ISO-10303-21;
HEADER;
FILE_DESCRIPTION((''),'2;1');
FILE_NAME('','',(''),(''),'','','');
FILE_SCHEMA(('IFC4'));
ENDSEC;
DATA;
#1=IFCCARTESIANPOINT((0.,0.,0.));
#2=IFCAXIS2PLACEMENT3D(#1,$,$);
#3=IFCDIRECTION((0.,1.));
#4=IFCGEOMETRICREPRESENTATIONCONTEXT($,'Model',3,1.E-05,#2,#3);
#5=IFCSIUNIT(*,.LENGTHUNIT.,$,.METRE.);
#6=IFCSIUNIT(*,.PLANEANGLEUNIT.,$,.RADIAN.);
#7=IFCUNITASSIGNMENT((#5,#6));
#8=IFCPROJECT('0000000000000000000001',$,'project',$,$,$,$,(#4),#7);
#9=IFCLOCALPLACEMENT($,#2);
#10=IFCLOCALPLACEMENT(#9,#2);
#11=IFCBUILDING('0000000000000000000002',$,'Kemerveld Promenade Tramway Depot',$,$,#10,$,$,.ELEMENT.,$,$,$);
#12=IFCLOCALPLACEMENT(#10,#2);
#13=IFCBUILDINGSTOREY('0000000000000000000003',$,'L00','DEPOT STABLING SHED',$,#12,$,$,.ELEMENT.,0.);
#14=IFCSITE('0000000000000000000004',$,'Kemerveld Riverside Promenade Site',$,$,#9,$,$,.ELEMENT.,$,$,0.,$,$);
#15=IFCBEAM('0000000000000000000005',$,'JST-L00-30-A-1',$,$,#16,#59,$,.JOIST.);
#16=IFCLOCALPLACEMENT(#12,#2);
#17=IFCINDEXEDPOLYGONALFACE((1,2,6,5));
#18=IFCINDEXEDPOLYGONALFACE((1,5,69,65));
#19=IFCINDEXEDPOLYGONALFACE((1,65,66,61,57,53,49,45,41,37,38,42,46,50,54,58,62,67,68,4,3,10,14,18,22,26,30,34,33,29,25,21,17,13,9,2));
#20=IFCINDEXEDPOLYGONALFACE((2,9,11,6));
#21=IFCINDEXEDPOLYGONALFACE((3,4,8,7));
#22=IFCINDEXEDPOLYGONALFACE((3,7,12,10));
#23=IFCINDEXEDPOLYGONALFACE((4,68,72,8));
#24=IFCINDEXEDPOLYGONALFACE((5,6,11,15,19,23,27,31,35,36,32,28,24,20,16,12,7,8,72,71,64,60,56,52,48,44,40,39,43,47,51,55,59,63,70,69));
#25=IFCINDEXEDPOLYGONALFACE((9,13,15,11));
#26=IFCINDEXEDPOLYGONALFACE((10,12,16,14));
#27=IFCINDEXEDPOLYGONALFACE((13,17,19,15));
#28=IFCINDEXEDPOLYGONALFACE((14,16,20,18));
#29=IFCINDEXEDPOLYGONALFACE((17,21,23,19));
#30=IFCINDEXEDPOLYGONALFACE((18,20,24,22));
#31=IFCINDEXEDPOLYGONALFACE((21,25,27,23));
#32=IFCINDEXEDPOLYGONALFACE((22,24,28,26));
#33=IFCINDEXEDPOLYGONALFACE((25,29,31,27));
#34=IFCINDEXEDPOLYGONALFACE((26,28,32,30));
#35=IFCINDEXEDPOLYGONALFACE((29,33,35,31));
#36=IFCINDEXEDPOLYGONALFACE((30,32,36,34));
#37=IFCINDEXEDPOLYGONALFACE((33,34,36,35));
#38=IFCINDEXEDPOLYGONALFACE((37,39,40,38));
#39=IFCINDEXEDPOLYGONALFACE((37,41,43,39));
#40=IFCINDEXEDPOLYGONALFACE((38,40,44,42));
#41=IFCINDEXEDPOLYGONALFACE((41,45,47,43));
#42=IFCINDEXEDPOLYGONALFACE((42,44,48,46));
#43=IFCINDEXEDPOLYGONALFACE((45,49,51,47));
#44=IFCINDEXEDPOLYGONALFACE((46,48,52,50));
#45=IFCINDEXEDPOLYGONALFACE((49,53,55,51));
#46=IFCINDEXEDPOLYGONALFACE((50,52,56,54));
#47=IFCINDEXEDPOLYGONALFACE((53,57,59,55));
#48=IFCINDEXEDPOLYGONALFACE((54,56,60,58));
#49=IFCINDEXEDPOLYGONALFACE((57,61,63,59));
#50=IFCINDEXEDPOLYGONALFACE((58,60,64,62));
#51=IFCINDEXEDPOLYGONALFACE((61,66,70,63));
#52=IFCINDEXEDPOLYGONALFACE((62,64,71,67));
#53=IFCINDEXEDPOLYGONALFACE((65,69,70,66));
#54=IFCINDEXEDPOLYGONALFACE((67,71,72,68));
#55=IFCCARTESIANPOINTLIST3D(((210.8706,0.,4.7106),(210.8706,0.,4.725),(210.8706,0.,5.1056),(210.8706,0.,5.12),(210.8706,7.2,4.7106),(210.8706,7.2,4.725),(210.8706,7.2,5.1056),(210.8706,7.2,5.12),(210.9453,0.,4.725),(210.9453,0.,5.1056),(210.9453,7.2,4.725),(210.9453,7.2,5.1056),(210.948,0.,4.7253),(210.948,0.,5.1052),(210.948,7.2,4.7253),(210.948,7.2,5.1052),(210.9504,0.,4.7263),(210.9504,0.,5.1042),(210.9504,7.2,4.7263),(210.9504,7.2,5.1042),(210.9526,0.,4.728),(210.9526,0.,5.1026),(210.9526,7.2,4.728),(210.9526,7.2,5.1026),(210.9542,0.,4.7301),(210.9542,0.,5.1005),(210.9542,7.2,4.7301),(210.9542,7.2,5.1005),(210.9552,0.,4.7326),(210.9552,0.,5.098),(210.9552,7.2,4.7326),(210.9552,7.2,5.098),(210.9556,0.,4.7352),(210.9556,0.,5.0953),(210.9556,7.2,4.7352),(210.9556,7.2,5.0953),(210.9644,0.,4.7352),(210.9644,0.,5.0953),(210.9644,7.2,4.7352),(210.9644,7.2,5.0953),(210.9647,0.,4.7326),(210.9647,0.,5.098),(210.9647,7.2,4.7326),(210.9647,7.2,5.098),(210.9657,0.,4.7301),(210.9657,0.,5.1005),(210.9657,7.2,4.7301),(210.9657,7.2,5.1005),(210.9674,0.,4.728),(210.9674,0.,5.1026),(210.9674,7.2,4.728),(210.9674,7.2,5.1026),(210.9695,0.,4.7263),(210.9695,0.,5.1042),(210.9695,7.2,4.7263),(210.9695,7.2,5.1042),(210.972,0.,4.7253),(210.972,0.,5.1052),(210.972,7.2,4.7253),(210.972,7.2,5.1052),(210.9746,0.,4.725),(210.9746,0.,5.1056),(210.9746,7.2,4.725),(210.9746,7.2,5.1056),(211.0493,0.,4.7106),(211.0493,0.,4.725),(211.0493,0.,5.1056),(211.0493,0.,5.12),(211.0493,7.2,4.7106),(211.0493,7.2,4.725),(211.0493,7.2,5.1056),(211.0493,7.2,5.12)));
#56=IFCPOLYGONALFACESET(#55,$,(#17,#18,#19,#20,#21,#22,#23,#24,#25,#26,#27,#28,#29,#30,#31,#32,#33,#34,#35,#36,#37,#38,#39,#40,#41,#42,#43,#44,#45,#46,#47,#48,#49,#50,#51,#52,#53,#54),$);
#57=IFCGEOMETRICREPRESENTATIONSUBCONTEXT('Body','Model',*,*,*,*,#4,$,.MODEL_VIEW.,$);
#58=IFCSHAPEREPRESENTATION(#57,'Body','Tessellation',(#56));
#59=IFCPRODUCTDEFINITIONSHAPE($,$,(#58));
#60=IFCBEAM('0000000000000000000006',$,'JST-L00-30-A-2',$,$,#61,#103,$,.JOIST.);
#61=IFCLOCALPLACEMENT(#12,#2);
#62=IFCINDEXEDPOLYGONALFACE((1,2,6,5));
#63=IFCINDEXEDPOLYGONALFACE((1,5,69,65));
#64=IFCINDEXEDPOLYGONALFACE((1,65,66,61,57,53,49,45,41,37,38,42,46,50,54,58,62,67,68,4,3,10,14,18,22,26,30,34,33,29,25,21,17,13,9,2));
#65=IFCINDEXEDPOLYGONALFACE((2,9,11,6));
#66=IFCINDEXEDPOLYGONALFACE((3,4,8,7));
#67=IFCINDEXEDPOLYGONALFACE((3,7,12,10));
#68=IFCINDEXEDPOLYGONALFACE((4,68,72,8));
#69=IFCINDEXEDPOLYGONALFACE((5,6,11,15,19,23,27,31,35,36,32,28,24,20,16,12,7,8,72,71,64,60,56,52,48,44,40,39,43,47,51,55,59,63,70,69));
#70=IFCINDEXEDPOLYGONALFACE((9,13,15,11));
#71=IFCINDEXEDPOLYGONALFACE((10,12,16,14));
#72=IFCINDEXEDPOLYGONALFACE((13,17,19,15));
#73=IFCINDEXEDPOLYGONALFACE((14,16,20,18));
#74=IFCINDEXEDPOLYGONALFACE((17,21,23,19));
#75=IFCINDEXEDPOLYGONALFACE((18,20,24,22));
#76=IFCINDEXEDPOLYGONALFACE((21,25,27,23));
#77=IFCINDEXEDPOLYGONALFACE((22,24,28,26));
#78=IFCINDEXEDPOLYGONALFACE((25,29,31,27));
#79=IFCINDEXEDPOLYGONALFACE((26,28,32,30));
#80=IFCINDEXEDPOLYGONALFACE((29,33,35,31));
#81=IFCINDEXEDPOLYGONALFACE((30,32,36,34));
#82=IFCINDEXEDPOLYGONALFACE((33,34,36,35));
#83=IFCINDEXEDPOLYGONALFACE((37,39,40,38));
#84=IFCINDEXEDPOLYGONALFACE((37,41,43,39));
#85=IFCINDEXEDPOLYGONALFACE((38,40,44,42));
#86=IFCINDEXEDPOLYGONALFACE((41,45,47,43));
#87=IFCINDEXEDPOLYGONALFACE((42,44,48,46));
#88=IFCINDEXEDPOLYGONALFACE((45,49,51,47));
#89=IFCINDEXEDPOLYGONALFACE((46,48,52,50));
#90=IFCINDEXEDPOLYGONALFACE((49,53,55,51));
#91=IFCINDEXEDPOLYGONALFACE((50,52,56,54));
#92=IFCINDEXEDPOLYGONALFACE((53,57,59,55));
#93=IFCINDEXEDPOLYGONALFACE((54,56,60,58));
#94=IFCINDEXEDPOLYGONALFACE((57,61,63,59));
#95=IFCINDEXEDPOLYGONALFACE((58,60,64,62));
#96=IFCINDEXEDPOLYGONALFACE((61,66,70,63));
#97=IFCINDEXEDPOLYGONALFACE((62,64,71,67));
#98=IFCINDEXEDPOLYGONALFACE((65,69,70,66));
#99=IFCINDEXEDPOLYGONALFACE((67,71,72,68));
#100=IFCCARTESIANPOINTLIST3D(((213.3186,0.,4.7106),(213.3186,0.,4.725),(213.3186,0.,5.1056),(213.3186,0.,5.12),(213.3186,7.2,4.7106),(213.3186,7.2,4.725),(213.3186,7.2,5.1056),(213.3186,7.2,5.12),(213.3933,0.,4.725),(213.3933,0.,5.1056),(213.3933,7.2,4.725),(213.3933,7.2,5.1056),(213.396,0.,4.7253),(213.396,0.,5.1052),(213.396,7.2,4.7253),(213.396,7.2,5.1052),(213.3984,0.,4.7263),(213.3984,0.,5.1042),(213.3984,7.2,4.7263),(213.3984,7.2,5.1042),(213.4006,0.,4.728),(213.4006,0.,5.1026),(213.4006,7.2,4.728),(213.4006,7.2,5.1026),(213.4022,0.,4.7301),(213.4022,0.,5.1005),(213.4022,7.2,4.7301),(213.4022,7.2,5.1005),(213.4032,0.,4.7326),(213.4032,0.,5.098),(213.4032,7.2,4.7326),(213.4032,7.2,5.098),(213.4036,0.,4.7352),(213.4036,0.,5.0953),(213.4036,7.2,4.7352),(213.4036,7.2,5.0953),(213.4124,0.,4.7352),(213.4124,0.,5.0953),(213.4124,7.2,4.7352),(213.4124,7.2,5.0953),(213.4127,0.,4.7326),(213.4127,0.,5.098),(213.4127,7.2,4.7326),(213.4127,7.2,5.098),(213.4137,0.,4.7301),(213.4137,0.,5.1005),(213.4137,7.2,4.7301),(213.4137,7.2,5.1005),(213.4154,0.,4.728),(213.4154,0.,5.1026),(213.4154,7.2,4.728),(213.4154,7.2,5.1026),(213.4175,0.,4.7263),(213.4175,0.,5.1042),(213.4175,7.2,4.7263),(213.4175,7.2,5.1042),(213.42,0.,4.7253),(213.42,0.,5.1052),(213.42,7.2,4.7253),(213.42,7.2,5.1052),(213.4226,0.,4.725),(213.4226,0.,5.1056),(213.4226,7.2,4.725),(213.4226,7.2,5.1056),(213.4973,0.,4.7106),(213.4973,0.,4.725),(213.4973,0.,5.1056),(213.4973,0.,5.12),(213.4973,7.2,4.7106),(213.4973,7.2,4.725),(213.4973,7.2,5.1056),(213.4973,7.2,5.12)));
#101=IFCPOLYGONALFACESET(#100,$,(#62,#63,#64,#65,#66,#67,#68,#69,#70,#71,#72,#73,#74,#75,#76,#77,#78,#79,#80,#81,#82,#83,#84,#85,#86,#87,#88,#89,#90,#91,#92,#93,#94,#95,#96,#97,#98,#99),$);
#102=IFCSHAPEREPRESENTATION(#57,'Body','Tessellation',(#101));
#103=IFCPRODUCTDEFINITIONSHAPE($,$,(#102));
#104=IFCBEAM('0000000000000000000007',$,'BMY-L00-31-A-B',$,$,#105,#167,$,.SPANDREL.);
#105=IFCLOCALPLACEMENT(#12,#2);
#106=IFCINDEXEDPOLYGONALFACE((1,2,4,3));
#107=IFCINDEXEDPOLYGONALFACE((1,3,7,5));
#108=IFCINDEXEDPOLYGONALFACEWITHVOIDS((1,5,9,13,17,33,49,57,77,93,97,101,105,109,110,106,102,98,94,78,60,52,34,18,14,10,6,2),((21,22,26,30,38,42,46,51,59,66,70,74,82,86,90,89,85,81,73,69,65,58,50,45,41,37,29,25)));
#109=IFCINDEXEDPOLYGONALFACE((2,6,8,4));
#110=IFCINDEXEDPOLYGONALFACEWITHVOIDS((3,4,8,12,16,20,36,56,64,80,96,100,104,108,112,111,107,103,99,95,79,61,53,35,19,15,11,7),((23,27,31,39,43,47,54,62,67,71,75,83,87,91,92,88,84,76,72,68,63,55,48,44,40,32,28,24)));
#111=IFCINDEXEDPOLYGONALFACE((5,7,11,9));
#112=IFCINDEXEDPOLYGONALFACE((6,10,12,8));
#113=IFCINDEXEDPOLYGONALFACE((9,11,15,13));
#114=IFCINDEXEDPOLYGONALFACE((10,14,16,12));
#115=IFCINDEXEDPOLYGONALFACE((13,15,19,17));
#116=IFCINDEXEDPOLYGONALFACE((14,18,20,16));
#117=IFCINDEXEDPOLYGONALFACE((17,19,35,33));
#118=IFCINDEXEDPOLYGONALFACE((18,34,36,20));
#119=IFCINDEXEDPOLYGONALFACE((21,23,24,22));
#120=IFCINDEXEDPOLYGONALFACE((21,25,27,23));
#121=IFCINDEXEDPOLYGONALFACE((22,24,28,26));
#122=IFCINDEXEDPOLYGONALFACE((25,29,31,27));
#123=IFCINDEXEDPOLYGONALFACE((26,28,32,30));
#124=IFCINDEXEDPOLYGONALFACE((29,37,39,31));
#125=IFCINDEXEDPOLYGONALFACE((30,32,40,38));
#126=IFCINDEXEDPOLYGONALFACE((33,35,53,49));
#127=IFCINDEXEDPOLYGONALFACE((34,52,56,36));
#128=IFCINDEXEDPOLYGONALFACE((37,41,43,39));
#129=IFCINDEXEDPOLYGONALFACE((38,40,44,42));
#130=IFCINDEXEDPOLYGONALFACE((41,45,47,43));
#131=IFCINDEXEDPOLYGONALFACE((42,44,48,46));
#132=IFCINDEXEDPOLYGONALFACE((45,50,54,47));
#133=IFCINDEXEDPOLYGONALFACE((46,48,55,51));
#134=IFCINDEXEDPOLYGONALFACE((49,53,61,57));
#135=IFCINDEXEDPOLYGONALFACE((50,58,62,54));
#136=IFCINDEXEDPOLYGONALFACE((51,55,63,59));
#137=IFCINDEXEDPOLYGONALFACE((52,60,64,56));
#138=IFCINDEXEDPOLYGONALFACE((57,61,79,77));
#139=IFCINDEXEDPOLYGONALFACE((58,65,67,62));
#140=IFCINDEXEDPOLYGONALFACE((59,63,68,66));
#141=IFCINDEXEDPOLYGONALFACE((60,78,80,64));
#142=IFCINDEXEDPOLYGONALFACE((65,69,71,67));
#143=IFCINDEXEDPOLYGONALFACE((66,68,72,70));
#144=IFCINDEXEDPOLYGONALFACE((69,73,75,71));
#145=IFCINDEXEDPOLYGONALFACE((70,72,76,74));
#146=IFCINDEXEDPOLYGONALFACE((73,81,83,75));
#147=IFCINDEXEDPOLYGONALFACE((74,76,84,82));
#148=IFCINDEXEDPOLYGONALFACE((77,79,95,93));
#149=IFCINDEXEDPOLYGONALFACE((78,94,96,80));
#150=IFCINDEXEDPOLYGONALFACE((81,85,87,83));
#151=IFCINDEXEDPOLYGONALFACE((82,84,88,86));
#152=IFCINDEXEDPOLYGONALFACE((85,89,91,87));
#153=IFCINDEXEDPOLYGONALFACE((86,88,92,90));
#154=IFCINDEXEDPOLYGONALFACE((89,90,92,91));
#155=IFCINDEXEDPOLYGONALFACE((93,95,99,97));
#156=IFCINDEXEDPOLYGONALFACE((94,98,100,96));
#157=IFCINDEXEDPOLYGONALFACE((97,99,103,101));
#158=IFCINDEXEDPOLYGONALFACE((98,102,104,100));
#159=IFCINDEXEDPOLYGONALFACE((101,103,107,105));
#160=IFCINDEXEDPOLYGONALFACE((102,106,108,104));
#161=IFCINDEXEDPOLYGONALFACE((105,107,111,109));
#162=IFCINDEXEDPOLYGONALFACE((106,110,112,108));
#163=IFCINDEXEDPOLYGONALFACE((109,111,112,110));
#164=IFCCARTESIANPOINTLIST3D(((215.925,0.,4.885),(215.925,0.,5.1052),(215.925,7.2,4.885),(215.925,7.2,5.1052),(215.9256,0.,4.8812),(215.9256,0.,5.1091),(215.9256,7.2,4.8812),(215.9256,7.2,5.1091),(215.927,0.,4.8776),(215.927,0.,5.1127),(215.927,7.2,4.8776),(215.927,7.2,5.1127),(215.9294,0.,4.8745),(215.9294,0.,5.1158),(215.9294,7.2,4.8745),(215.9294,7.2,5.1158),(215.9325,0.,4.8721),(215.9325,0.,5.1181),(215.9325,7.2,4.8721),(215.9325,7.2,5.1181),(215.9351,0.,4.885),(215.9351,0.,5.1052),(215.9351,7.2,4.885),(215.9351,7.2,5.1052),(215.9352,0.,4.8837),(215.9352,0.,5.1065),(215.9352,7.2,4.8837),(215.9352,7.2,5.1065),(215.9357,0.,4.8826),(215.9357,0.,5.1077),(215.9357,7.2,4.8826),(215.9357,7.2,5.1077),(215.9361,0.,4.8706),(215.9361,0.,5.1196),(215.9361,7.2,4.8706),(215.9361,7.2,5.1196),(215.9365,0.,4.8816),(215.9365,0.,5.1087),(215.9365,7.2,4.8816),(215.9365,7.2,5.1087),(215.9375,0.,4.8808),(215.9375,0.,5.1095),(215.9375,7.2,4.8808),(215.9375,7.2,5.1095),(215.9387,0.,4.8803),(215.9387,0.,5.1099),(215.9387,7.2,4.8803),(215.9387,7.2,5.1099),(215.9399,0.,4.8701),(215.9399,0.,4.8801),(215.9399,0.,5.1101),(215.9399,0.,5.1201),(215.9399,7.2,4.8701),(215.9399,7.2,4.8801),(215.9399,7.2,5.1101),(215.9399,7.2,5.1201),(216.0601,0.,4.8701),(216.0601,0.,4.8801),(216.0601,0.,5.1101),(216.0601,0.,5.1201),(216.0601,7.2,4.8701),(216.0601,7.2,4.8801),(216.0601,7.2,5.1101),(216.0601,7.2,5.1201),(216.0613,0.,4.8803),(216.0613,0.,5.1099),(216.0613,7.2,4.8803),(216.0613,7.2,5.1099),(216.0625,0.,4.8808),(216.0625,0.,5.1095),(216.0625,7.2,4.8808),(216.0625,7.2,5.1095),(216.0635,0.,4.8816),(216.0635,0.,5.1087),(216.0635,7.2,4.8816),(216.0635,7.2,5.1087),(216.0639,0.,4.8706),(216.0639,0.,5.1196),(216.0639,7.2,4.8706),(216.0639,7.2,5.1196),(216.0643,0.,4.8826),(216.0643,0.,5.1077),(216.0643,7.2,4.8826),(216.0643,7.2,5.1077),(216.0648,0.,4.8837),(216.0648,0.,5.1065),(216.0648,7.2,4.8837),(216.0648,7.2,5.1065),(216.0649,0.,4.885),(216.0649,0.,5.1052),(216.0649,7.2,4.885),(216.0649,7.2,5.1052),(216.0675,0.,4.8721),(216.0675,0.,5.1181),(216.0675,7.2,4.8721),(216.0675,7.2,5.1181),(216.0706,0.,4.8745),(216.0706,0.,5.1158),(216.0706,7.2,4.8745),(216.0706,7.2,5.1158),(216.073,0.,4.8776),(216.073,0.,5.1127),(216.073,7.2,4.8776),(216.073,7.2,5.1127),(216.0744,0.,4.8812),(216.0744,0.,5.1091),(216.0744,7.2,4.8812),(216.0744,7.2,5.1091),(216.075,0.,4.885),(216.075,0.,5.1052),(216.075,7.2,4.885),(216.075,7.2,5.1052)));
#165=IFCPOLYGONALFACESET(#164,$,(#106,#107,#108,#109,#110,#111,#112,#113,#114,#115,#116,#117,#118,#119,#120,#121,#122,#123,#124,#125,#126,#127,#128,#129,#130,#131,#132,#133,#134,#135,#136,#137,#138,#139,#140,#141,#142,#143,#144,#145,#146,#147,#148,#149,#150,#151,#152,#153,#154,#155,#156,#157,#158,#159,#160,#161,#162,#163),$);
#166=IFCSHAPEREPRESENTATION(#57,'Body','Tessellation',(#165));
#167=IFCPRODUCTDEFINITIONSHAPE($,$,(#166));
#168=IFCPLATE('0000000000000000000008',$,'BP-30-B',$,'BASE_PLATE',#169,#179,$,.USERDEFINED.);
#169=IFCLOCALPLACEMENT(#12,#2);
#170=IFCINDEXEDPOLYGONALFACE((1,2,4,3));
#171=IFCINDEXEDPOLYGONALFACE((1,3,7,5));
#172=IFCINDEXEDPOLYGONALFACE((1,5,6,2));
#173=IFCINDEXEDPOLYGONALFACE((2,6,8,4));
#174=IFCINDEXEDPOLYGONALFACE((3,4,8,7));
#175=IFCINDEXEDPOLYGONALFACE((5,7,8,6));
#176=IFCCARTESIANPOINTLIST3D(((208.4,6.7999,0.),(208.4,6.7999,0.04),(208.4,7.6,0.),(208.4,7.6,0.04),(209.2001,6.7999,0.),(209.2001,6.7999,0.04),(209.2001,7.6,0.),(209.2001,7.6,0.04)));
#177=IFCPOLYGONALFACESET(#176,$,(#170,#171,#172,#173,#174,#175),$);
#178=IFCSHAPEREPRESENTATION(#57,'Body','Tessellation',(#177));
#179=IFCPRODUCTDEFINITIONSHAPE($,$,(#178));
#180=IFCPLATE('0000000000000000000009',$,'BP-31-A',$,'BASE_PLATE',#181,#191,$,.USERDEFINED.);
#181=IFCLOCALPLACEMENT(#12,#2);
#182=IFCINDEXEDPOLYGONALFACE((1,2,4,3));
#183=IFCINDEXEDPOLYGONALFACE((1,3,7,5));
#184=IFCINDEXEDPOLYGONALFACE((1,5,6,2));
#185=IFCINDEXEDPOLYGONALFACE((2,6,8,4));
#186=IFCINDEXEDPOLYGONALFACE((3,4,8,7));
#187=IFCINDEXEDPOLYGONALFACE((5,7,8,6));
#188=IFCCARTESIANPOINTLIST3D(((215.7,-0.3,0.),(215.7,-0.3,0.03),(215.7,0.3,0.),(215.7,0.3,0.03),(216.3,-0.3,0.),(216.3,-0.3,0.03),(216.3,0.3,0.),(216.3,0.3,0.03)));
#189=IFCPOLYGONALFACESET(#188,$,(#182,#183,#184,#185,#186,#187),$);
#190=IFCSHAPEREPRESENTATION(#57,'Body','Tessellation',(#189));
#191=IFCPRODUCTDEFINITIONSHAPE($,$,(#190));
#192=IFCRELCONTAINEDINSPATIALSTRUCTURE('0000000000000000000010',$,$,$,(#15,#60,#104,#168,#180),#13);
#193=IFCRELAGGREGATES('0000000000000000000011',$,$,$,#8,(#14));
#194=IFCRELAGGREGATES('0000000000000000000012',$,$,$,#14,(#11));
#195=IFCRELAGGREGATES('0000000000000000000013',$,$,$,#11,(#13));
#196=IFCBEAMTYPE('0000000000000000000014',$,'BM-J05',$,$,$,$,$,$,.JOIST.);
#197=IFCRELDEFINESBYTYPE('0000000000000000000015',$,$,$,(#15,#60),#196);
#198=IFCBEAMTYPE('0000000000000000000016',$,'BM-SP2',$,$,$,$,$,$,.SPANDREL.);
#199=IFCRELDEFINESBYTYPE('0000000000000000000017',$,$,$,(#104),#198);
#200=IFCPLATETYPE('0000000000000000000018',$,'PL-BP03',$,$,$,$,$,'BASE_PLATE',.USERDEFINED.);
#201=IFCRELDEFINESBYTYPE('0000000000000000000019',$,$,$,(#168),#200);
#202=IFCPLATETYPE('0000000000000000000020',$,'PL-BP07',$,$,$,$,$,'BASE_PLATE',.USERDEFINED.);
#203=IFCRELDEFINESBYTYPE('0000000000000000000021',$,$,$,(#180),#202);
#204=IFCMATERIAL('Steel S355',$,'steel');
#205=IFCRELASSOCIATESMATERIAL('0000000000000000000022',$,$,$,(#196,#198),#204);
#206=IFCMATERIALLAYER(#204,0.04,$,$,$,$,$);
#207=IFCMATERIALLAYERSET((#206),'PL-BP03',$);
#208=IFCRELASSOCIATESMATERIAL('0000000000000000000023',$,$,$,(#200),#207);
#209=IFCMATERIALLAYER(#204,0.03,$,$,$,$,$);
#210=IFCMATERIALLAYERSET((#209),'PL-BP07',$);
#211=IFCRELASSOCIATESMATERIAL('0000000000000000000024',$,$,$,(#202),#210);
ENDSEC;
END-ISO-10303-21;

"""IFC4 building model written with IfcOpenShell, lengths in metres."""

from ifc_helpers import new_model, si_unit, direction, frame, origin, origin_2d, place, context, subcontext, project, spatial, rectangle, hollow_rectangle, i_section, extrude, material, layer, layer_set, material_profile, profile_set, type_object, element, save


model = new_model("IFC4")

# Units and contexts
model_context = context("Model", 3, precision=1e-05, world=origin(), true_north=direction((0.0, 1.0)))
body_context = subcontext(model_context, "Body", "Model", "MODEL_VIEW")
ifc_project = project(units=[si_unit("LENGTHUNIT", "METRE"), si_unit("PLANEANGLEUNIT", "RADIAN")], contexts=[model_context])

# Site, building, storey
site_placement = place(None, origin())
site = spatial("IfcSite", under=ifc_project, at=site_placement, Name="Kemerveld Riverside Promenade Site", CompositionType="ELEMENT", RefElevation=0.0)
building_placement = place(site_placement, origin())
building = spatial("IfcBuilding", under=site, at=building_placement, Name="Kemerveld Promenade Tramway Depot", CompositionType="ELEMENT")
storey_placement = place(building_placement, origin())
storey = spatial("IfcBuildingStorey", under=building, at=storey_placement, Name="L00", Description="DEPOT STABLING SHED", CompositionType="ELEMENT", Elevation=0.0)

# Shared definitions
ifc_material_1 = material(Name="Steel S355", Category="steel")

# Beams
ifc_material_profile_1 = material_profile(ifc_material_1, i_section(OverallWidth=0.1787, OverallDepth=0.4094, WebThickness=0.0088, FlangeThickness=0.0144, FilletRadius=0.0103, at=origin_2d()), Name="406x178x67 UB")
ifc_profile_set_1 = profile_set([ifc_material_profile_1], Name="Steel S355")
beam_type_1 = type_object("IfcBeamType", Name="BM-J05", PredefinedType="JOIST", material=ifc_profile_set_1)
for number, where, z_axis, x_axis, name in (
    (1, (210.96, 0.0, 4.9153), (0.0, 1.0, 0.0), (-1.0, 0.0, 0.0), "JST-L00-30-A-1"),
    (2, (213.408, 0.0, 4.9153), (0.0, 1.0, 0.0), (-1.0, 0.0, 0.0), "JST-L00-30-A-2"),
):
    element("IfcBeam", number, at=place(storey_placement, frame(where, z_axis=z_axis, x_axis=x_axis)), inside=storey, type_object=beam_type_1, Name=name, PredefinedType="JOIST", context=body_context, shape_type="SweptSolid", body=[
        extrude(i_section(OverallWidth=0.1787, OverallDepth=0.4094, WebThickness=0.0088, FlangeThickness=0.0144, FilletRadius=0.0103, at=origin_2d()), origin(), (0.0, 0.0, 1.0), 7.2),
    ])
ifc_material_profile_2 = material_profile(ifc_material_1, hollow_rectangle(XDim=0.1499, YDim=0.25, WallThickness=0.01, InnerFilletRadius=0.0049, OuterFilletRadius=0.0149, at=origin_2d()), Name="250x150x10.0 RHS")
ifc_profile_set_2 = profile_set([ifc_material_profile_2], Name="Steel S355")
beam_type_2 = type_object("IfcBeamType", Name="BM-SP2", PredefinedType="SPANDREL", material=ifc_profile_set_2)
beam_1_placement = place(storey_placement, frame((216.0, 0.0, 4.9951), z_axis=(0.0, 1.0, 0.0), x_axis=(-1.0, 0.0, 0.0)))
element("IfcBeam", 3, at=beam_1_placement, inside=storey, type_object=beam_type_2, Name="BMY-L00-31-A-B", PredefinedType="SPANDREL", context=body_context, shape_type="SweptSolid", body=[
    extrude(hollow_rectangle(XDim=0.1499, YDim=0.25, WallThickness=0.01, InnerFilletRadius=0.0049, OuterFilletRadius=0.0149, at=origin_2d()), origin(), (0.0, 0.0, 1.0), 7.2),
])

# Plates
ifc_layer_1 = layer(ifc_material_1, 0.04)
ifc_layer_set_1 = layer_set([ifc_layer_1], Name="PL-BP03")
plate_type_1 = type_object("IfcPlateType", Name="PL-BP03", ElementType="BASE_PLATE", PredefinedType="USERDEFINED", material=ifc_layer_set_1)
plate_1_placement = place(storey_placement, frame((208.8, 7.2, 0.0), z_axis=(0.0, 0.0, 1.0), x_axis=(1.0, 0.0, 0.0)))
element("IfcPlate", 4, at=plate_1_placement, inside=storey, type_object=plate_type_1, Name="BP-30-B", ObjectType="BASE_PLATE", PredefinedType="USERDEFINED", context=body_context, shape_type="SweptSolid", body=[
    extrude(rectangle(XDim=0.8, YDim=0.8, at=origin_2d()), origin(), (0.0, 0.0, 1.0), 0.04),
])
ifc_layer_2 = layer(ifc_material_1, 0.03)
ifc_layer_set_2 = layer_set([ifc_layer_2], Name="PL-BP07")
plate_type_2 = type_object("IfcPlateType", Name="PL-BP07", ElementType="BASE_PLATE", PredefinedType="USERDEFINED", material=ifc_layer_set_2)
plate_2_placement = place(storey_placement, frame((216.0, 0.0, 0.0), z_axis=(0.0, 0.0, 1.0), x_axis=(1.0, 0.0, 0.0)))
element("IfcPlate", 5, at=plate_2_placement, inside=storey, type_object=plate_type_2, Name="BP-31-A", ObjectType="BASE_PLATE", PredefinedType="USERDEFINED", context=body_context, shape_type="SweptSolid", body=[
    extrude(rectangle(XDim=0.6001, YDim=0.6001, at=origin_2d()), origin(), (0.0, 0.0, 1.0), 0.03),
])

save(model, "model.ifc")
